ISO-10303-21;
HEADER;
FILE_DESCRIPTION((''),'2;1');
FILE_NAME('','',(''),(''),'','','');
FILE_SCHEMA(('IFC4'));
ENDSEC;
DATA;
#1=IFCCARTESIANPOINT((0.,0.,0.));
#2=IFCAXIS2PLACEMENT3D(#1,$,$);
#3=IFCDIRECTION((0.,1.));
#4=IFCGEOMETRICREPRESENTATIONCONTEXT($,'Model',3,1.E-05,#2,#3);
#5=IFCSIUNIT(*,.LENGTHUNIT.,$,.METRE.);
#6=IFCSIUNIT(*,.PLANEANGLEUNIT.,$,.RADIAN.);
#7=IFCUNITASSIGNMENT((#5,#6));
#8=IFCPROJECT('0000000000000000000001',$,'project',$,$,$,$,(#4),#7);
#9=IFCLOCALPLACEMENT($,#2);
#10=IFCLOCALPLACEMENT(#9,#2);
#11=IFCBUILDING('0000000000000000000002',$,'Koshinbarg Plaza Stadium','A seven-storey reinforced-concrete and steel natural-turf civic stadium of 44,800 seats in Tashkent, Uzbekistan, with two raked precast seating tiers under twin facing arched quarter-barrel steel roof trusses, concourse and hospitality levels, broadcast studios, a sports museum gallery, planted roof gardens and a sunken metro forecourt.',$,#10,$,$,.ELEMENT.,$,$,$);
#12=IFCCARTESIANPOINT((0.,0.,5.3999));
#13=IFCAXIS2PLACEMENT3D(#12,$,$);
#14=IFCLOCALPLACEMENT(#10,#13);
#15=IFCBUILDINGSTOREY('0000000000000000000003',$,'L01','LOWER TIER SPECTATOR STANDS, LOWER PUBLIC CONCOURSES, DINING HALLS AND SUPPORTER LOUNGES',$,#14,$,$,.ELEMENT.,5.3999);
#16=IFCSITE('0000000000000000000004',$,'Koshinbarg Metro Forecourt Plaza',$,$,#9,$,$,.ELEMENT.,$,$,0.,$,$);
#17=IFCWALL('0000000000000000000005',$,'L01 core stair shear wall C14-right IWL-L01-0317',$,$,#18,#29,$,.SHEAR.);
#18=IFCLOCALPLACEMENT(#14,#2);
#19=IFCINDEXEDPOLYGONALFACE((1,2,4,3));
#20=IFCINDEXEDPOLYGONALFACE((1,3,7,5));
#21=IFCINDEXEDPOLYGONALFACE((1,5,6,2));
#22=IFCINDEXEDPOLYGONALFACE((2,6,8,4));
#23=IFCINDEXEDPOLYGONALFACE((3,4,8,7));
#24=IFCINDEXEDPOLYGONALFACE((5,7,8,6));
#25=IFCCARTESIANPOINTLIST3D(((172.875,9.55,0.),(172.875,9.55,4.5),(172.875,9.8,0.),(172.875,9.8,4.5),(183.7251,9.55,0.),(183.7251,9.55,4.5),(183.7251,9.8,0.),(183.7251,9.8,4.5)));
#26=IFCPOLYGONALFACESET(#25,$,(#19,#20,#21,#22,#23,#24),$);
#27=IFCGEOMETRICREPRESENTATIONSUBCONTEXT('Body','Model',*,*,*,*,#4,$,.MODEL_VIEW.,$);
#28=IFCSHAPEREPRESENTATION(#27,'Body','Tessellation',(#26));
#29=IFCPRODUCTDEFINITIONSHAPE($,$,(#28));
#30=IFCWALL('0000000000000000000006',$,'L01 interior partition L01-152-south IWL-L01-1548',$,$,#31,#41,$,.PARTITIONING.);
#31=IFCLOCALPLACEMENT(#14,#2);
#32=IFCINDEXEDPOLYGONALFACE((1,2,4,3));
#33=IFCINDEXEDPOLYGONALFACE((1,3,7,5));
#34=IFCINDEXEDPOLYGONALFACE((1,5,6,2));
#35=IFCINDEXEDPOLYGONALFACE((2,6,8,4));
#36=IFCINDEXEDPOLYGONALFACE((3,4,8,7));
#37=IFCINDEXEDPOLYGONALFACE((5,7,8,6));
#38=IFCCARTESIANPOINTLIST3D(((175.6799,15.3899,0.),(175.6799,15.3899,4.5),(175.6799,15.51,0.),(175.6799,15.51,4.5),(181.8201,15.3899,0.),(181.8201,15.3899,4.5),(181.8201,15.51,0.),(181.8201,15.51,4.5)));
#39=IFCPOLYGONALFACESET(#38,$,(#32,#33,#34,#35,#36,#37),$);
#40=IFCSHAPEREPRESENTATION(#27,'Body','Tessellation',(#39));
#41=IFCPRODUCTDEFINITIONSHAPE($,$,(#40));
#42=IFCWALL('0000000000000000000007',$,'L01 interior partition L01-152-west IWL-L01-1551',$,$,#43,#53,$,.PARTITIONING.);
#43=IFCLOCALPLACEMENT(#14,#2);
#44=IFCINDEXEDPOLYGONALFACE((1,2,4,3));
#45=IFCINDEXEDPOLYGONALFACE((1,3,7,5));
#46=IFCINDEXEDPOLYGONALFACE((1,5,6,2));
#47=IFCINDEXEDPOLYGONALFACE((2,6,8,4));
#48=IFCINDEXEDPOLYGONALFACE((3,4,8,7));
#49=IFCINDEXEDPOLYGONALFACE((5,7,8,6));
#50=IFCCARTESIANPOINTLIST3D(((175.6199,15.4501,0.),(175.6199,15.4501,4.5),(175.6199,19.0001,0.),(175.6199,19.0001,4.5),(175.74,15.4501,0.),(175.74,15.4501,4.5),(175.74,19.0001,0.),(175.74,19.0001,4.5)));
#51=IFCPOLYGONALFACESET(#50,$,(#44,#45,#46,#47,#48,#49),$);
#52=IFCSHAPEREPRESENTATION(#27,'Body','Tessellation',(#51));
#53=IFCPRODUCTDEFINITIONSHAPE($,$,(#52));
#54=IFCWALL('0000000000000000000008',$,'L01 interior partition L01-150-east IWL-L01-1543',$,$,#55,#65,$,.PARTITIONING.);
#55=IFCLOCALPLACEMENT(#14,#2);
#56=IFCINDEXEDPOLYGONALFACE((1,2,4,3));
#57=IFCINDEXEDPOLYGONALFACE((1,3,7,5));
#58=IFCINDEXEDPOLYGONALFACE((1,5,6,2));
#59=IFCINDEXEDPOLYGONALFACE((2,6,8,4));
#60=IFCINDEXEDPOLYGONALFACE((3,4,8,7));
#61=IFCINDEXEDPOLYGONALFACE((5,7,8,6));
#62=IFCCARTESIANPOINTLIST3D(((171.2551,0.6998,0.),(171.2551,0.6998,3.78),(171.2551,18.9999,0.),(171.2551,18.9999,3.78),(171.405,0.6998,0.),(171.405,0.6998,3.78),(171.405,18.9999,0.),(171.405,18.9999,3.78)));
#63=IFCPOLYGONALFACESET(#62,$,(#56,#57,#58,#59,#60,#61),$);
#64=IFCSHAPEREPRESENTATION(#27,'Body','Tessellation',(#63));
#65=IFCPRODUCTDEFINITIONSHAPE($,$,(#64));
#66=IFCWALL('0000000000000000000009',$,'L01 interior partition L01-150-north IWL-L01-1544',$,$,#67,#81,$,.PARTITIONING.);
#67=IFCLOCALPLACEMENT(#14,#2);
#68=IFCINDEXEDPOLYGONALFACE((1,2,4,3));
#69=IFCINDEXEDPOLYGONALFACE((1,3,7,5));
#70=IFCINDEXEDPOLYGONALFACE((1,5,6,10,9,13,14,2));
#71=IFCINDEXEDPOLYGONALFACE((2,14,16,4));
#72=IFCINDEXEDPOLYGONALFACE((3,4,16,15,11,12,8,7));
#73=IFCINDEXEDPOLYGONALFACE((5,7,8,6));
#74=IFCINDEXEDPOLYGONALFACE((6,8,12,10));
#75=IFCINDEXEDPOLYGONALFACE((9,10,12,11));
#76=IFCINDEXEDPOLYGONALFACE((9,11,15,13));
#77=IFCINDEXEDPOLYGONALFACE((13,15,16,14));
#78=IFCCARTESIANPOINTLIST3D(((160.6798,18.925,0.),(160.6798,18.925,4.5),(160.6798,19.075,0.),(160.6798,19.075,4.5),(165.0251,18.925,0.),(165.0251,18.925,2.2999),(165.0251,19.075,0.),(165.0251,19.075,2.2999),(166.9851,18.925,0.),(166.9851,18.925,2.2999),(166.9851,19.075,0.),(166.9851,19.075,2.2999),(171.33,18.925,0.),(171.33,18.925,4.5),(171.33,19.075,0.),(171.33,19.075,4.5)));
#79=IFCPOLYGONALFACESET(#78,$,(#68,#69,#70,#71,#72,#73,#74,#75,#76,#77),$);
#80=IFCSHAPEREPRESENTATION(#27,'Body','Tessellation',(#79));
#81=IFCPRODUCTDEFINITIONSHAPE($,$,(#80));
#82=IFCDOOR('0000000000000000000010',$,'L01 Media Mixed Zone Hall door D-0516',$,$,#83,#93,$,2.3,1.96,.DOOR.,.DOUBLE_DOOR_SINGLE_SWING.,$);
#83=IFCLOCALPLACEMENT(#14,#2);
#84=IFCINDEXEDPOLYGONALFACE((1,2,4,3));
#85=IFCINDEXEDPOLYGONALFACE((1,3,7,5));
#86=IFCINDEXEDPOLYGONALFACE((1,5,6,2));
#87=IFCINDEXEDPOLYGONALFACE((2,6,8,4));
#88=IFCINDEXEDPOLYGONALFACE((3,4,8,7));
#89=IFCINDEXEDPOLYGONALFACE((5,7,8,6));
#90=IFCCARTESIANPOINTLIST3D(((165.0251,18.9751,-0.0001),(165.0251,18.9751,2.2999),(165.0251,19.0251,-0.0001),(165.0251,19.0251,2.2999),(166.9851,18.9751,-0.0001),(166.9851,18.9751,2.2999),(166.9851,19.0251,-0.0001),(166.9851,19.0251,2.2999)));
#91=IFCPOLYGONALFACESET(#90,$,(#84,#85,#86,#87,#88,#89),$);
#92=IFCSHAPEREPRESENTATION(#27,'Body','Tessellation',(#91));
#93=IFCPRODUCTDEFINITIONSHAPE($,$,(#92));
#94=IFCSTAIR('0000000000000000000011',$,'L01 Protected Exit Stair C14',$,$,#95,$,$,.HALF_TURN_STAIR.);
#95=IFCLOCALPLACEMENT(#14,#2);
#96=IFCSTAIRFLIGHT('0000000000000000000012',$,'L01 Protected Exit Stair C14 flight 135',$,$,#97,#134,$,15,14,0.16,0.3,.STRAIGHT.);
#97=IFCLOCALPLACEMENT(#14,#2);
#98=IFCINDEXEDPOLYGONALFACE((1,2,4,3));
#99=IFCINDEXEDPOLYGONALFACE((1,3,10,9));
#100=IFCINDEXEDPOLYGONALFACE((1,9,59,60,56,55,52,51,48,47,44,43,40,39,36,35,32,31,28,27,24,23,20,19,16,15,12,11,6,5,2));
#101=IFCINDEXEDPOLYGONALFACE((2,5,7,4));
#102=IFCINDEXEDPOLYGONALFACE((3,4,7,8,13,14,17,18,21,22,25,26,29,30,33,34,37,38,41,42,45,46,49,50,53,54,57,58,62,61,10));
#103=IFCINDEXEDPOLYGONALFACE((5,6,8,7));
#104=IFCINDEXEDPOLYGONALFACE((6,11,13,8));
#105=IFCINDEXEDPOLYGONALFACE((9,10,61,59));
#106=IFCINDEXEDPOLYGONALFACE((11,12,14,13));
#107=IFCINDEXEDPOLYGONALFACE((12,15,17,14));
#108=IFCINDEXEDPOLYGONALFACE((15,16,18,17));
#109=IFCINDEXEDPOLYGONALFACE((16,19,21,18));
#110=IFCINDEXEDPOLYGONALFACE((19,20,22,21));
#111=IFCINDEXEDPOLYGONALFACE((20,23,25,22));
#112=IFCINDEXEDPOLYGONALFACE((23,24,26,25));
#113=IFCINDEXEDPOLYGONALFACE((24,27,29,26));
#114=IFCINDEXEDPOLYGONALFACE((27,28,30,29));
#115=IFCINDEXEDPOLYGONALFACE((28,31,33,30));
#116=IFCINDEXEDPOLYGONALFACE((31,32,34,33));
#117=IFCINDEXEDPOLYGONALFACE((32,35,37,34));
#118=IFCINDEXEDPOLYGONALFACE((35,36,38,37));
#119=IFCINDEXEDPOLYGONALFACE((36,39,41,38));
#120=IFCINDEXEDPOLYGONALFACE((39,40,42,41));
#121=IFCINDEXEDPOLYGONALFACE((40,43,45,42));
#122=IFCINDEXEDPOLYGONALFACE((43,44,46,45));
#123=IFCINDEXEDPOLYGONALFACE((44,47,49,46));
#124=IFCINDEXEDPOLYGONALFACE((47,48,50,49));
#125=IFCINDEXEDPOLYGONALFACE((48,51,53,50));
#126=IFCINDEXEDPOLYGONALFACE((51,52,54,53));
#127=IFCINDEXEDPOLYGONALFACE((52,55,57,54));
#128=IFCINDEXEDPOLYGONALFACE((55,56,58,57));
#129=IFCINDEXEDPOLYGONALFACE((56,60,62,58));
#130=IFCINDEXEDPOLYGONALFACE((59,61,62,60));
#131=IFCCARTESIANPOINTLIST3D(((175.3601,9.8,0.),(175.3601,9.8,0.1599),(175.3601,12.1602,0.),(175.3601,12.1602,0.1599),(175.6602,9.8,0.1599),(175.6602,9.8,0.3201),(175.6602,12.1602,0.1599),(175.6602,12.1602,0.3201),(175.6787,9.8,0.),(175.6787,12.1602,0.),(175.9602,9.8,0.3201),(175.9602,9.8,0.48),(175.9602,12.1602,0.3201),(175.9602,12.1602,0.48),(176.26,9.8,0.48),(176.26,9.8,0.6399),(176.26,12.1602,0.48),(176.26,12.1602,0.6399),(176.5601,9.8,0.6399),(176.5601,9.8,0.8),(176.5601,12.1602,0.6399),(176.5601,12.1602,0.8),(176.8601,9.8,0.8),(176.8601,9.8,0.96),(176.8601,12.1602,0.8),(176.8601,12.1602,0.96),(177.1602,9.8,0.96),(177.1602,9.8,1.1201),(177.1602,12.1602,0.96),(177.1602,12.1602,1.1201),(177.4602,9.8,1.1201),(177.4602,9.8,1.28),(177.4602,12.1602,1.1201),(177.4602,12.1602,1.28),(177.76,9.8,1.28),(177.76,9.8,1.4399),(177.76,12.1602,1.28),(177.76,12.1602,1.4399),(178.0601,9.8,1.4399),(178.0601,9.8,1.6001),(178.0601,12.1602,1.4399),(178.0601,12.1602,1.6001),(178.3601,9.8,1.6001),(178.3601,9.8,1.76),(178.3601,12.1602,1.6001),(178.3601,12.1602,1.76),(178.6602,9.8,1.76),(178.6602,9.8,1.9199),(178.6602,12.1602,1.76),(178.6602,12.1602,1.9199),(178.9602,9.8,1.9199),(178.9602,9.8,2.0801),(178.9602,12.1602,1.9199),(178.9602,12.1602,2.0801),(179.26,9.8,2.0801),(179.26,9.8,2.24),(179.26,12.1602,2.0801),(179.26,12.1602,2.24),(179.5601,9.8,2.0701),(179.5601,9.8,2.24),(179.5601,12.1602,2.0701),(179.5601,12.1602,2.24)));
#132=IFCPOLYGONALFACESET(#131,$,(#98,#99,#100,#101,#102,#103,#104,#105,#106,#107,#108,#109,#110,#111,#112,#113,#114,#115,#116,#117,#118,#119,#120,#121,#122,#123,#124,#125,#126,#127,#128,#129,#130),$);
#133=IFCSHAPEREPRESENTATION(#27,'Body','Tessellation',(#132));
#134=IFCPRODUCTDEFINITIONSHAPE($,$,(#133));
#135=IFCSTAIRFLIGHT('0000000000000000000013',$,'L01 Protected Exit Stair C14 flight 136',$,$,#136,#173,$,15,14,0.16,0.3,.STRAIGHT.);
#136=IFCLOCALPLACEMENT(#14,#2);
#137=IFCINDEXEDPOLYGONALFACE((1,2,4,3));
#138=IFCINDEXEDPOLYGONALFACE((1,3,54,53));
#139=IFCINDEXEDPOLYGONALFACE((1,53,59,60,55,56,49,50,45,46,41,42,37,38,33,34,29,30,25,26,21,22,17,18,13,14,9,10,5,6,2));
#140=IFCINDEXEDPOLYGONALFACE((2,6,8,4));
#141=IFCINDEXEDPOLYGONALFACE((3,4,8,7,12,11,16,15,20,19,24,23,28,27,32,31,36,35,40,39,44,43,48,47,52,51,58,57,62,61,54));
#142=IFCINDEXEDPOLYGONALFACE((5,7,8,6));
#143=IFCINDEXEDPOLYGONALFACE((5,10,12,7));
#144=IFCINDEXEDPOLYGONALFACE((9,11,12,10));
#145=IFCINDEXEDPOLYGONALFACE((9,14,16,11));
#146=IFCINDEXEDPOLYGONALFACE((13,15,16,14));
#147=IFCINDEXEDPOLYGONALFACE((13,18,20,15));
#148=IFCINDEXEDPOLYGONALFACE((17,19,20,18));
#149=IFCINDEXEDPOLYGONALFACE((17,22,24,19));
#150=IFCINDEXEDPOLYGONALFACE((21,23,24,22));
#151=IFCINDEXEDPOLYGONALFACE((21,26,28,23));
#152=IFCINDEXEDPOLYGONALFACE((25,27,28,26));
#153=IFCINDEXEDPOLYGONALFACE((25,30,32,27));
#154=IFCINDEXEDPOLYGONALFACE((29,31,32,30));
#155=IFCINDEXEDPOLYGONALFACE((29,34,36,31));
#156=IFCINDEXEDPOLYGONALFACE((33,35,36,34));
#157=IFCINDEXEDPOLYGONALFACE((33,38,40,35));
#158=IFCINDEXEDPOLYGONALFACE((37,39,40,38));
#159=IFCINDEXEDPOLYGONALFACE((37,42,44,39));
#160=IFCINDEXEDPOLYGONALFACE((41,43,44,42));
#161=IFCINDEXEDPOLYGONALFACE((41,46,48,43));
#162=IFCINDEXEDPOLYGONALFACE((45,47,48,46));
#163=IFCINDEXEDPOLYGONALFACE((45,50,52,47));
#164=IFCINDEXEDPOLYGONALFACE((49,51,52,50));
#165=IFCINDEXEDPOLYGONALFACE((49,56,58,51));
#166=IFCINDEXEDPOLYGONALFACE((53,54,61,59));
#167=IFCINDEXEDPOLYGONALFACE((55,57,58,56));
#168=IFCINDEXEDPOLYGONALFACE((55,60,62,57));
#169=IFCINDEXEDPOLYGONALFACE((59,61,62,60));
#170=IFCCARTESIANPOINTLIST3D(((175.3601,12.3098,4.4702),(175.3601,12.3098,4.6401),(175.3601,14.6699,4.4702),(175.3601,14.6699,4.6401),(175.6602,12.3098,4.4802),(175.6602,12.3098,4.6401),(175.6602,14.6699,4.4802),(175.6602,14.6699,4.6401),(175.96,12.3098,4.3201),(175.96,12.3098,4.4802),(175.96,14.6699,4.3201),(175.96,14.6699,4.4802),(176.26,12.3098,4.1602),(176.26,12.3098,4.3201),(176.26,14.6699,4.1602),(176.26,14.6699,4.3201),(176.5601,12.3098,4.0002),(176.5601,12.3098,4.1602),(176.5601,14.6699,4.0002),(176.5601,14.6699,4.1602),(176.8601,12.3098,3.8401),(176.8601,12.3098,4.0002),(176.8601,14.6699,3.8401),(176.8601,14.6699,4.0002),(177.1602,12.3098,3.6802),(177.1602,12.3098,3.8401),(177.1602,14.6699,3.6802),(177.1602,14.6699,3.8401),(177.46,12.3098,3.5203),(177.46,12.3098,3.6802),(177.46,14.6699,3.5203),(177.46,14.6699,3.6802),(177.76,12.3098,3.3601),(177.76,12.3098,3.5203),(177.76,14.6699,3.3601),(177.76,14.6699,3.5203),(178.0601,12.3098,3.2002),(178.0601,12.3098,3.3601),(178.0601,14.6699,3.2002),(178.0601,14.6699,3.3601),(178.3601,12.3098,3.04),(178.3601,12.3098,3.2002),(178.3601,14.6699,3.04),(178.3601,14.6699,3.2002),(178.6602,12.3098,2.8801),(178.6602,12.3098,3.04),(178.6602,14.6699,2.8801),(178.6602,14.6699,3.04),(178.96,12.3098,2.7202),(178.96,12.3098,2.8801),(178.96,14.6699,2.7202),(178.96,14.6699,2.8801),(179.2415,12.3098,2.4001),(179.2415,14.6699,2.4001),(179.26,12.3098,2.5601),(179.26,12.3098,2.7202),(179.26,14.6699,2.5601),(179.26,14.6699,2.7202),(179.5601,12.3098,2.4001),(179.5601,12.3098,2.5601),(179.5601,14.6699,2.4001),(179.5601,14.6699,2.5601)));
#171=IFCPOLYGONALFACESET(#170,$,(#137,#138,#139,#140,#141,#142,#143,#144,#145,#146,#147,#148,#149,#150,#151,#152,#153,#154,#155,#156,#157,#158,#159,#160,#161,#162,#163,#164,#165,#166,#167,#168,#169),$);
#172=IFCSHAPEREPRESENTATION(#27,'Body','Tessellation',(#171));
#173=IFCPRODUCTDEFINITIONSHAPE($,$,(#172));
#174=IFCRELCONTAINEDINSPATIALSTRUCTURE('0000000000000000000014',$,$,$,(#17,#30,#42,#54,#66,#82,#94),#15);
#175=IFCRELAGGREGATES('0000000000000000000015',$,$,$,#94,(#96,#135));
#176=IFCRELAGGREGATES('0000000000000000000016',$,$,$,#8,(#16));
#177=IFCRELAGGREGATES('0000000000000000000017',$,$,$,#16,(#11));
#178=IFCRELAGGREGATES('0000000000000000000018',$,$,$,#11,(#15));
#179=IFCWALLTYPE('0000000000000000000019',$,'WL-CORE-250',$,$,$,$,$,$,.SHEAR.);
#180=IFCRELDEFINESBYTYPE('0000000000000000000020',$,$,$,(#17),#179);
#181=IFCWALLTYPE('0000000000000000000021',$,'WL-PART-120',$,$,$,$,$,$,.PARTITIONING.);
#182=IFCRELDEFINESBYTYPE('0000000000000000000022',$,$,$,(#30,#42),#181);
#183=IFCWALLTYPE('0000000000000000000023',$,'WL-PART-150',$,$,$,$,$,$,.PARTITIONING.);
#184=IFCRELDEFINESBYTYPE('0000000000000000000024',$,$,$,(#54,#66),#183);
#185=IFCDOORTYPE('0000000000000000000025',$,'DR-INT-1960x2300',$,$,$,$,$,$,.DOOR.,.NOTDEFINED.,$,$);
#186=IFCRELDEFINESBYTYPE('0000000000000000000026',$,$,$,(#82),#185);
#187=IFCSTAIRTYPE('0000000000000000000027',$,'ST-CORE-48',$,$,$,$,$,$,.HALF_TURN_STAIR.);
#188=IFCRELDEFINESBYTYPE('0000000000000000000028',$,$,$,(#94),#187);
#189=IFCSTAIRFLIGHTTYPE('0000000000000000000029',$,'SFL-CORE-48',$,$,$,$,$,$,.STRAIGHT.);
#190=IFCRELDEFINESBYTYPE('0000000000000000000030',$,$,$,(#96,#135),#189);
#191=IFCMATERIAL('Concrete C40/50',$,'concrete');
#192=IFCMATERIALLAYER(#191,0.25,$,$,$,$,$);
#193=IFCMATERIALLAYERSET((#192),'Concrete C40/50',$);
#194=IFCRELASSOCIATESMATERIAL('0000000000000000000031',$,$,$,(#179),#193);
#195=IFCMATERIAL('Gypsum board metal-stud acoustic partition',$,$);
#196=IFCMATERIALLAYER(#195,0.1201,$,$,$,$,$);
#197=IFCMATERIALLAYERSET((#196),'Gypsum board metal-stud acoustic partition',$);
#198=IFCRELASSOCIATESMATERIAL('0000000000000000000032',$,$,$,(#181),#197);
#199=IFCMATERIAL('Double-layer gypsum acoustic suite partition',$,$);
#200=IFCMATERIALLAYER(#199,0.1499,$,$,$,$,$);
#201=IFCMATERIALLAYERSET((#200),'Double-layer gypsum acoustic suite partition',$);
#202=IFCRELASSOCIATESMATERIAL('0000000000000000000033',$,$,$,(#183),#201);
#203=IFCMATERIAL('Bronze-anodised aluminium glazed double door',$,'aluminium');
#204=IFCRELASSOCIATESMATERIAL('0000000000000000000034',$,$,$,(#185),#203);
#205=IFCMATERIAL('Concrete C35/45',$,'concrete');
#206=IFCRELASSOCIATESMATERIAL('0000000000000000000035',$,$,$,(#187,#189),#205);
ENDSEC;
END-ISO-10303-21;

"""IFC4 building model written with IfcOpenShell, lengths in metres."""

from ifc_helpers import new_model, si_unit, direction, frame, frame_2d, origin, place, context, subcontext, project, spatial, polyline, rectangle, outline, extrude, material, layer, layer_set, type_object, element, fill, aggregate, save


model = new_model("IFC4")

# Units and contexts
model_context = context("Model", 3, precision=1e-05, world=origin(), true_north=direction((0.0, 1.0)))
body_context = subcontext(model_context, "Body", "Model", "MODEL_VIEW")
ifc_project = project(units=[si_unit("LENGTHUNIT", "METRE"), si_unit("PLANEANGLEUNIT", "RADIAN")], contexts=[model_context])

# Site, building, storey
site_placement = place(None, origin())
site = spatial("IfcSite", under=ifc_project, at=site_placement, Name="Koshinbarg Metro Forecourt Plaza", CompositionType="ELEMENT", RefElevation=0.0)
building_placement = place(site_placement, origin())
building = spatial("IfcBuilding", under=site, at=building_placement, Name="Koshinbarg Plaza Stadium", Description="A seven-storey reinforced-concrete and steel natural-turf civic stadium of 44,800 seats in Tashkent, Uzbekistan, with two raked precast seating tiers under twin facing arched quarter-barrel steel roof trusses, concourse and hospitality levels, broadcast studios, a sports museum gallery, planted roof gardens and a sunken metro forecourt.", CompositionType="ELEMENT")
storey_placement = place(building_placement, frame((0.0, 0.0, 5.3999)))
storey = spatial("IfcBuildingStorey", under=building, at=storey_placement, Name="L01", Description="LOWER TIER SPECTATOR STANDS, LOWER PUBLIC CONCOURSES, DINING HALLS AND SUPPORTER LOUNGES", CompositionType="ELEMENT", Elevation=5.3999)

# Shared definitions
ifc_material_1 = material(Name="Concrete C40/50", Category="concrete")

# Shared definitions
ifc_layer_1 = layer(ifc_material_1, 0.25)
ifc_layer_set_1 = layer_set([ifc_layer_1], Name="Concrete C40/50")
wall_type_1 = type_object("IfcWallType", Name="WL-CORE-250", PredefinedType="SHEAR", material=ifc_layer_set_1)

# Walls
wall_1_placement = place(storey_placement, frame((172.875, 9.675, 0.0), z_axis=(0.0, 0.0, 1.0), x_axis=(1.0, 0.0, 0.0)))
element("IfcWall", 1, at=wall_1_placement, inside=storey, type_object=wall_type_1, Name="L01 core stair shear wall C14-right IWL-L01-0317", PredefinedType="SHEAR", context=body_context, shape_type="SweptSolid", body=[
    extrude(rectangle(XDim=10.8501, YDim=0.25, at=frame_2d((5.425, 0.0))), origin(), (0.0, 0.0, 1.0), 4.5),
])
ifc_material_2 = material(Name="Gypsum board metal-stud acoustic partition")
ifc_layer_2 = layer(ifc_material_2, 0.1201)
ifc_layer_set_2 = layer_set([ifc_layer_2], Name="Gypsum board metal-stud acoustic partition")
wall_type_2 = type_object("IfcWallType", Name="WL-PART-120", PredefinedType="PARTITIONING", material=ifc_layer_set_2)
wall_2_placement = place(storey_placement, frame((175.6799, 15.45, 0.0), z_axis=(0.0, 0.0, 1.0), x_axis=(1.0, 0.0, 0.0)))
element("IfcWall", 2, at=wall_2_placement, inside=storey, type_object=wall_type_2, Name="L01 interior partition L01-152-south IWL-L01-1548", PredefinedType="PARTITIONING", context=body_context, shape_type="SweptSolid", body=[
    extrude(rectangle(XDim=6.1401, YDim=0.1201, at=frame_2d((3.0701, 0.0))), origin(), (0.0, 0.0, 1.0), 4.5),
])
wall_3_placement = place(storey_placement, frame((175.6799, 19.0, 0.0), z_axis=(0.0, 0.0, 1.0), x_axis=(0.0, -1.0, 0.0)))
element("IfcWall", 3, at=wall_3_placement, inside=storey, type_object=wall_type_2, Name="L01 interior partition L01-152-west IWL-L01-1551", PredefinedType="PARTITIONING", context=body_context, shape_type="SweptSolid", body=[
    extrude(rectangle(XDim=3.55, YDim=0.1201, at=frame_2d((1.7749, 0.0))), origin(), (0.0, 0.0, 1.0), 4.5),
])
ifc_material_3 = material(Name="Double-layer gypsum acoustic suite partition")
ifc_layer_3 = layer(ifc_material_3, 0.1499)
ifc_layer_set_3 = layer_set([ifc_layer_3], Name="Double-layer gypsum acoustic suite partition")
wall_type_3 = type_object("IfcWallType", Name="WL-PART-150", PredefinedType="PARTITIONING", material=ifc_layer_set_3)
wall_4_placement = place(storey_placement, frame((171.3301, 0.7, 0.0), z_axis=(0.0, 0.0, 1.0), x_axis=(0.0, 1.0, 0.0)))
element("IfcWall", 4, at=wall_4_placement, inside=storey, type_object=wall_type_3, Name="L01 interior partition L01-150-east IWL-L01-1543", PredefinedType="PARTITIONING", context=body_context, shape_type="SweptSolid", body=[
    extrude(rectangle(XDim=18.3, YDim=0.1499, at=frame_2d((9.1499, 0.0))), origin(), (0.0, 0.0, 1.0), 3.78),
])

# Wall, opening, door
wall_5_placement = place(storey_placement, frame((171.3301, 19.0, 0.0), z_axis=(0.0, 0.0, 1.0), x_axis=(-1.0, 0.0, 0.0)))
wall_5 = element("IfcWall", 5, at=wall_5_placement, inside=storey, type_object=wall_type_3, Name="L01 interior partition L01-150-north IWL-L01-1544", PredefinedType="PARTITIONING", context=body_context, shape_type="SweptSolid", body=[
    extrude(rectangle(XDim=10.6501, YDim=0.1499, at=frame_2d((5.3252, 0.0))), origin(), (0.0, 0.0, 1.0), 4.5),
])
opening_1_placement = place(wall_5_placement, frame((4.345, 0.0, 0.0)))
opening_1 = element("IfcOpeningElement", 6, at=opening_1_placement, cuts=wall_5, PredefinedType="OPENING", context=body_context, shape_type="SweptSolid", body=[
    extrude(rectangle(XDim=1.96, YDim=2.3, at=frame_2d((0.98, 1.1499))), frame((0.0, 0.085, 0.0), z_axis=(0.0, -1.0, 0.0), x_axis=(1.0, 0.0, 0.0)), (0.0, 0.0, 1.0), 0.1699),
])
ifc_material_4 = material(Name="Bronze-anodised aluminium glazed double door", Category="aluminium")
door_type_1 = type_object("IfcDoorType", Name="DR-INT-1960x2300", OperationType="NOTDEFINED", PredefinedType="DOOR", material=ifc_material_4)
door_1_placement = place(opening_1_placement, origin())
door_1 = element("IfcDoor", 7, at=door_1_placement, inside=storey, type_object=door_type_1, Name="L01 Media Mixed Zone Hall door D-0516", OperationType="DOUBLE_DOOR_SINGLE_SWING", OverallHeight=2.3, OverallWidth=1.96, PredefinedType="DOOR", context=body_context, shape_type="SweptSolid", body=[
    extrude(rectangle(XDim=1.96, YDim=2.3, at=frame_2d((0.98, 1.1499))), frame((0.0, 0.0249, 0.0), z_axis=(0.0, -1.0, 0.0), x_axis=(1.0, 0.0, 0.0)), (0.0, 0.0, 1.0), 0.05),
])
fill(opening_1, door_1)

# Stair, stair flights
ifc_material_5 = material(Name="Concrete C35/45", Category="concrete")
stair_type = type_object("IfcStairType", Name="ST-CORE-48", PredefinedType="HALF_TURN_STAIR", material=ifc_material_5)
stair_placement = place(storey_placement, origin())
stair = element("IfcStair", 8, at=stair_placement, inside=storey, type_object=stair_type, Name="L01 Protected Exit Stair C14", PredefinedType="HALF_TURN_STAIR")
stair_flight_type = type_object("IfcStairFlightType", Name="SFL-CORE-48", PredefinedType="STRAIGHT", material=ifc_material_5)
stair_flight_1_placement = place(storey_placement, frame((175.3601, 10.98, 0.0), z_axis=(0.0, 0.0, 1.0), x_axis=(1.0, 0.0, 0.0)))
stair_flight_1 = element("IfcStairFlight", 9, at=stair_flight_1_placement, type_object=stair_flight_type, Name="L01 Protected Exit Stair C14 flight 135", NumberOfRisers=15, NumberOfTreads=14, PredefinedType="STRAIGHT", RiserHeight=0.16, TreadLength=0.3, context=body_context, shape_type="SweptSolid", body=[
    extrude(outline(polyline([(0.0, 0.0), (0.0, 0.1599), (0.3, 0.1599), (0.3, 0.3201), (0.6001, 0.3201), (0.6001, 0.48), (0.8999, 0.48), (0.8999, 0.6399), (1.2, 0.6399), (1.2, 0.8), (1.5, 0.8), (1.5, 0.96), (1.8, 0.96), (1.8, 1.1201), (2.1001, 1.1201), (2.1001, 1.28), (2.3999, 1.28), (2.3999, 1.4399), (2.7, 1.4399), (2.7, 1.6001), (3.0, 1.6001), (3.0, 1.76), (3.3, 1.76), (3.3, 1.9199), (3.6001, 1.9199), (3.6001, 2.0801), (3.8999, 2.0801), (3.8999, 2.24), (4.2, 2.24), (4.2, 2.3999), (4.2, 2.0701), (0.3186, 0.0), (0.0, 0.0)])), frame((0.0, 1.1802, 0.0), z_axis=(0.0, -1.0, 0.0), x_axis=(1.0, 0.0, 0.0)), (0.0, 0.0, 1.0), 2.3601),
])
stair_flight_2_placement = place(storey_placement, frame((179.5601, 13.49, 2.4001), z_axis=(0.0, 0.0, 1.0), x_axis=(-1.0, 0.0, 0.0)))
stair_flight_2 = element("IfcStairFlight", 10, at=stair_flight_2_placement, type_object=stair_flight_type, Name="L01 Protected Exit Stair C14 flight 136", NumberOfRisers=15, NumberOfTreads=14, PredefinedType="STRAIGHT", RiserHeight=0.16, TreadLength=0.3, context=body_context, shape_type="SweptSolid", body=[
    extrude(outline(polyline([(0.0, 0.0), (0.0, 0.1599), (0.3, 0.1599), (0.3, 0.3201), (0.6001, 0.3201), (0.6001, 0.48), (0.8999, 0.48), (0.8999, 0.6399), (1.2, 0.6399), (1.2, 0.8), (1.5, 0.8), (1.5, 0.96), (1.8, 0.96), (1.8, 1.1201), (2.1001, 1.1201), (2.1001, 1.28), (2.3999, 1.28), (2.3999, 1.4399), (2.7, 1.4399), (2.7, 1.6001), (3.0, 1.6001), (3.0, 1.76), (3.3, 1.76), (3.3, 1.9199), (3.6001, 1.9199), (3.6001, 2.0801), (3.8999, 2.0801), (3.8999, 2.24), (4.2, 2.24), (4.2, 2.3999), (4.2, 2.0701), (0.3186, 0.0), (0.0, 0.0)])), frame((0.0, 1.1802, 0.0), z_axis=(0.0, -1.0, 0.0), x_axis=(1.0, 0.0, 0.0)), (0.0, 0.0, 1.0), 2.3601),
])
aggregate(stair, [stair_flight_1, stair_flight_2])

save(model, "model.ifc")
